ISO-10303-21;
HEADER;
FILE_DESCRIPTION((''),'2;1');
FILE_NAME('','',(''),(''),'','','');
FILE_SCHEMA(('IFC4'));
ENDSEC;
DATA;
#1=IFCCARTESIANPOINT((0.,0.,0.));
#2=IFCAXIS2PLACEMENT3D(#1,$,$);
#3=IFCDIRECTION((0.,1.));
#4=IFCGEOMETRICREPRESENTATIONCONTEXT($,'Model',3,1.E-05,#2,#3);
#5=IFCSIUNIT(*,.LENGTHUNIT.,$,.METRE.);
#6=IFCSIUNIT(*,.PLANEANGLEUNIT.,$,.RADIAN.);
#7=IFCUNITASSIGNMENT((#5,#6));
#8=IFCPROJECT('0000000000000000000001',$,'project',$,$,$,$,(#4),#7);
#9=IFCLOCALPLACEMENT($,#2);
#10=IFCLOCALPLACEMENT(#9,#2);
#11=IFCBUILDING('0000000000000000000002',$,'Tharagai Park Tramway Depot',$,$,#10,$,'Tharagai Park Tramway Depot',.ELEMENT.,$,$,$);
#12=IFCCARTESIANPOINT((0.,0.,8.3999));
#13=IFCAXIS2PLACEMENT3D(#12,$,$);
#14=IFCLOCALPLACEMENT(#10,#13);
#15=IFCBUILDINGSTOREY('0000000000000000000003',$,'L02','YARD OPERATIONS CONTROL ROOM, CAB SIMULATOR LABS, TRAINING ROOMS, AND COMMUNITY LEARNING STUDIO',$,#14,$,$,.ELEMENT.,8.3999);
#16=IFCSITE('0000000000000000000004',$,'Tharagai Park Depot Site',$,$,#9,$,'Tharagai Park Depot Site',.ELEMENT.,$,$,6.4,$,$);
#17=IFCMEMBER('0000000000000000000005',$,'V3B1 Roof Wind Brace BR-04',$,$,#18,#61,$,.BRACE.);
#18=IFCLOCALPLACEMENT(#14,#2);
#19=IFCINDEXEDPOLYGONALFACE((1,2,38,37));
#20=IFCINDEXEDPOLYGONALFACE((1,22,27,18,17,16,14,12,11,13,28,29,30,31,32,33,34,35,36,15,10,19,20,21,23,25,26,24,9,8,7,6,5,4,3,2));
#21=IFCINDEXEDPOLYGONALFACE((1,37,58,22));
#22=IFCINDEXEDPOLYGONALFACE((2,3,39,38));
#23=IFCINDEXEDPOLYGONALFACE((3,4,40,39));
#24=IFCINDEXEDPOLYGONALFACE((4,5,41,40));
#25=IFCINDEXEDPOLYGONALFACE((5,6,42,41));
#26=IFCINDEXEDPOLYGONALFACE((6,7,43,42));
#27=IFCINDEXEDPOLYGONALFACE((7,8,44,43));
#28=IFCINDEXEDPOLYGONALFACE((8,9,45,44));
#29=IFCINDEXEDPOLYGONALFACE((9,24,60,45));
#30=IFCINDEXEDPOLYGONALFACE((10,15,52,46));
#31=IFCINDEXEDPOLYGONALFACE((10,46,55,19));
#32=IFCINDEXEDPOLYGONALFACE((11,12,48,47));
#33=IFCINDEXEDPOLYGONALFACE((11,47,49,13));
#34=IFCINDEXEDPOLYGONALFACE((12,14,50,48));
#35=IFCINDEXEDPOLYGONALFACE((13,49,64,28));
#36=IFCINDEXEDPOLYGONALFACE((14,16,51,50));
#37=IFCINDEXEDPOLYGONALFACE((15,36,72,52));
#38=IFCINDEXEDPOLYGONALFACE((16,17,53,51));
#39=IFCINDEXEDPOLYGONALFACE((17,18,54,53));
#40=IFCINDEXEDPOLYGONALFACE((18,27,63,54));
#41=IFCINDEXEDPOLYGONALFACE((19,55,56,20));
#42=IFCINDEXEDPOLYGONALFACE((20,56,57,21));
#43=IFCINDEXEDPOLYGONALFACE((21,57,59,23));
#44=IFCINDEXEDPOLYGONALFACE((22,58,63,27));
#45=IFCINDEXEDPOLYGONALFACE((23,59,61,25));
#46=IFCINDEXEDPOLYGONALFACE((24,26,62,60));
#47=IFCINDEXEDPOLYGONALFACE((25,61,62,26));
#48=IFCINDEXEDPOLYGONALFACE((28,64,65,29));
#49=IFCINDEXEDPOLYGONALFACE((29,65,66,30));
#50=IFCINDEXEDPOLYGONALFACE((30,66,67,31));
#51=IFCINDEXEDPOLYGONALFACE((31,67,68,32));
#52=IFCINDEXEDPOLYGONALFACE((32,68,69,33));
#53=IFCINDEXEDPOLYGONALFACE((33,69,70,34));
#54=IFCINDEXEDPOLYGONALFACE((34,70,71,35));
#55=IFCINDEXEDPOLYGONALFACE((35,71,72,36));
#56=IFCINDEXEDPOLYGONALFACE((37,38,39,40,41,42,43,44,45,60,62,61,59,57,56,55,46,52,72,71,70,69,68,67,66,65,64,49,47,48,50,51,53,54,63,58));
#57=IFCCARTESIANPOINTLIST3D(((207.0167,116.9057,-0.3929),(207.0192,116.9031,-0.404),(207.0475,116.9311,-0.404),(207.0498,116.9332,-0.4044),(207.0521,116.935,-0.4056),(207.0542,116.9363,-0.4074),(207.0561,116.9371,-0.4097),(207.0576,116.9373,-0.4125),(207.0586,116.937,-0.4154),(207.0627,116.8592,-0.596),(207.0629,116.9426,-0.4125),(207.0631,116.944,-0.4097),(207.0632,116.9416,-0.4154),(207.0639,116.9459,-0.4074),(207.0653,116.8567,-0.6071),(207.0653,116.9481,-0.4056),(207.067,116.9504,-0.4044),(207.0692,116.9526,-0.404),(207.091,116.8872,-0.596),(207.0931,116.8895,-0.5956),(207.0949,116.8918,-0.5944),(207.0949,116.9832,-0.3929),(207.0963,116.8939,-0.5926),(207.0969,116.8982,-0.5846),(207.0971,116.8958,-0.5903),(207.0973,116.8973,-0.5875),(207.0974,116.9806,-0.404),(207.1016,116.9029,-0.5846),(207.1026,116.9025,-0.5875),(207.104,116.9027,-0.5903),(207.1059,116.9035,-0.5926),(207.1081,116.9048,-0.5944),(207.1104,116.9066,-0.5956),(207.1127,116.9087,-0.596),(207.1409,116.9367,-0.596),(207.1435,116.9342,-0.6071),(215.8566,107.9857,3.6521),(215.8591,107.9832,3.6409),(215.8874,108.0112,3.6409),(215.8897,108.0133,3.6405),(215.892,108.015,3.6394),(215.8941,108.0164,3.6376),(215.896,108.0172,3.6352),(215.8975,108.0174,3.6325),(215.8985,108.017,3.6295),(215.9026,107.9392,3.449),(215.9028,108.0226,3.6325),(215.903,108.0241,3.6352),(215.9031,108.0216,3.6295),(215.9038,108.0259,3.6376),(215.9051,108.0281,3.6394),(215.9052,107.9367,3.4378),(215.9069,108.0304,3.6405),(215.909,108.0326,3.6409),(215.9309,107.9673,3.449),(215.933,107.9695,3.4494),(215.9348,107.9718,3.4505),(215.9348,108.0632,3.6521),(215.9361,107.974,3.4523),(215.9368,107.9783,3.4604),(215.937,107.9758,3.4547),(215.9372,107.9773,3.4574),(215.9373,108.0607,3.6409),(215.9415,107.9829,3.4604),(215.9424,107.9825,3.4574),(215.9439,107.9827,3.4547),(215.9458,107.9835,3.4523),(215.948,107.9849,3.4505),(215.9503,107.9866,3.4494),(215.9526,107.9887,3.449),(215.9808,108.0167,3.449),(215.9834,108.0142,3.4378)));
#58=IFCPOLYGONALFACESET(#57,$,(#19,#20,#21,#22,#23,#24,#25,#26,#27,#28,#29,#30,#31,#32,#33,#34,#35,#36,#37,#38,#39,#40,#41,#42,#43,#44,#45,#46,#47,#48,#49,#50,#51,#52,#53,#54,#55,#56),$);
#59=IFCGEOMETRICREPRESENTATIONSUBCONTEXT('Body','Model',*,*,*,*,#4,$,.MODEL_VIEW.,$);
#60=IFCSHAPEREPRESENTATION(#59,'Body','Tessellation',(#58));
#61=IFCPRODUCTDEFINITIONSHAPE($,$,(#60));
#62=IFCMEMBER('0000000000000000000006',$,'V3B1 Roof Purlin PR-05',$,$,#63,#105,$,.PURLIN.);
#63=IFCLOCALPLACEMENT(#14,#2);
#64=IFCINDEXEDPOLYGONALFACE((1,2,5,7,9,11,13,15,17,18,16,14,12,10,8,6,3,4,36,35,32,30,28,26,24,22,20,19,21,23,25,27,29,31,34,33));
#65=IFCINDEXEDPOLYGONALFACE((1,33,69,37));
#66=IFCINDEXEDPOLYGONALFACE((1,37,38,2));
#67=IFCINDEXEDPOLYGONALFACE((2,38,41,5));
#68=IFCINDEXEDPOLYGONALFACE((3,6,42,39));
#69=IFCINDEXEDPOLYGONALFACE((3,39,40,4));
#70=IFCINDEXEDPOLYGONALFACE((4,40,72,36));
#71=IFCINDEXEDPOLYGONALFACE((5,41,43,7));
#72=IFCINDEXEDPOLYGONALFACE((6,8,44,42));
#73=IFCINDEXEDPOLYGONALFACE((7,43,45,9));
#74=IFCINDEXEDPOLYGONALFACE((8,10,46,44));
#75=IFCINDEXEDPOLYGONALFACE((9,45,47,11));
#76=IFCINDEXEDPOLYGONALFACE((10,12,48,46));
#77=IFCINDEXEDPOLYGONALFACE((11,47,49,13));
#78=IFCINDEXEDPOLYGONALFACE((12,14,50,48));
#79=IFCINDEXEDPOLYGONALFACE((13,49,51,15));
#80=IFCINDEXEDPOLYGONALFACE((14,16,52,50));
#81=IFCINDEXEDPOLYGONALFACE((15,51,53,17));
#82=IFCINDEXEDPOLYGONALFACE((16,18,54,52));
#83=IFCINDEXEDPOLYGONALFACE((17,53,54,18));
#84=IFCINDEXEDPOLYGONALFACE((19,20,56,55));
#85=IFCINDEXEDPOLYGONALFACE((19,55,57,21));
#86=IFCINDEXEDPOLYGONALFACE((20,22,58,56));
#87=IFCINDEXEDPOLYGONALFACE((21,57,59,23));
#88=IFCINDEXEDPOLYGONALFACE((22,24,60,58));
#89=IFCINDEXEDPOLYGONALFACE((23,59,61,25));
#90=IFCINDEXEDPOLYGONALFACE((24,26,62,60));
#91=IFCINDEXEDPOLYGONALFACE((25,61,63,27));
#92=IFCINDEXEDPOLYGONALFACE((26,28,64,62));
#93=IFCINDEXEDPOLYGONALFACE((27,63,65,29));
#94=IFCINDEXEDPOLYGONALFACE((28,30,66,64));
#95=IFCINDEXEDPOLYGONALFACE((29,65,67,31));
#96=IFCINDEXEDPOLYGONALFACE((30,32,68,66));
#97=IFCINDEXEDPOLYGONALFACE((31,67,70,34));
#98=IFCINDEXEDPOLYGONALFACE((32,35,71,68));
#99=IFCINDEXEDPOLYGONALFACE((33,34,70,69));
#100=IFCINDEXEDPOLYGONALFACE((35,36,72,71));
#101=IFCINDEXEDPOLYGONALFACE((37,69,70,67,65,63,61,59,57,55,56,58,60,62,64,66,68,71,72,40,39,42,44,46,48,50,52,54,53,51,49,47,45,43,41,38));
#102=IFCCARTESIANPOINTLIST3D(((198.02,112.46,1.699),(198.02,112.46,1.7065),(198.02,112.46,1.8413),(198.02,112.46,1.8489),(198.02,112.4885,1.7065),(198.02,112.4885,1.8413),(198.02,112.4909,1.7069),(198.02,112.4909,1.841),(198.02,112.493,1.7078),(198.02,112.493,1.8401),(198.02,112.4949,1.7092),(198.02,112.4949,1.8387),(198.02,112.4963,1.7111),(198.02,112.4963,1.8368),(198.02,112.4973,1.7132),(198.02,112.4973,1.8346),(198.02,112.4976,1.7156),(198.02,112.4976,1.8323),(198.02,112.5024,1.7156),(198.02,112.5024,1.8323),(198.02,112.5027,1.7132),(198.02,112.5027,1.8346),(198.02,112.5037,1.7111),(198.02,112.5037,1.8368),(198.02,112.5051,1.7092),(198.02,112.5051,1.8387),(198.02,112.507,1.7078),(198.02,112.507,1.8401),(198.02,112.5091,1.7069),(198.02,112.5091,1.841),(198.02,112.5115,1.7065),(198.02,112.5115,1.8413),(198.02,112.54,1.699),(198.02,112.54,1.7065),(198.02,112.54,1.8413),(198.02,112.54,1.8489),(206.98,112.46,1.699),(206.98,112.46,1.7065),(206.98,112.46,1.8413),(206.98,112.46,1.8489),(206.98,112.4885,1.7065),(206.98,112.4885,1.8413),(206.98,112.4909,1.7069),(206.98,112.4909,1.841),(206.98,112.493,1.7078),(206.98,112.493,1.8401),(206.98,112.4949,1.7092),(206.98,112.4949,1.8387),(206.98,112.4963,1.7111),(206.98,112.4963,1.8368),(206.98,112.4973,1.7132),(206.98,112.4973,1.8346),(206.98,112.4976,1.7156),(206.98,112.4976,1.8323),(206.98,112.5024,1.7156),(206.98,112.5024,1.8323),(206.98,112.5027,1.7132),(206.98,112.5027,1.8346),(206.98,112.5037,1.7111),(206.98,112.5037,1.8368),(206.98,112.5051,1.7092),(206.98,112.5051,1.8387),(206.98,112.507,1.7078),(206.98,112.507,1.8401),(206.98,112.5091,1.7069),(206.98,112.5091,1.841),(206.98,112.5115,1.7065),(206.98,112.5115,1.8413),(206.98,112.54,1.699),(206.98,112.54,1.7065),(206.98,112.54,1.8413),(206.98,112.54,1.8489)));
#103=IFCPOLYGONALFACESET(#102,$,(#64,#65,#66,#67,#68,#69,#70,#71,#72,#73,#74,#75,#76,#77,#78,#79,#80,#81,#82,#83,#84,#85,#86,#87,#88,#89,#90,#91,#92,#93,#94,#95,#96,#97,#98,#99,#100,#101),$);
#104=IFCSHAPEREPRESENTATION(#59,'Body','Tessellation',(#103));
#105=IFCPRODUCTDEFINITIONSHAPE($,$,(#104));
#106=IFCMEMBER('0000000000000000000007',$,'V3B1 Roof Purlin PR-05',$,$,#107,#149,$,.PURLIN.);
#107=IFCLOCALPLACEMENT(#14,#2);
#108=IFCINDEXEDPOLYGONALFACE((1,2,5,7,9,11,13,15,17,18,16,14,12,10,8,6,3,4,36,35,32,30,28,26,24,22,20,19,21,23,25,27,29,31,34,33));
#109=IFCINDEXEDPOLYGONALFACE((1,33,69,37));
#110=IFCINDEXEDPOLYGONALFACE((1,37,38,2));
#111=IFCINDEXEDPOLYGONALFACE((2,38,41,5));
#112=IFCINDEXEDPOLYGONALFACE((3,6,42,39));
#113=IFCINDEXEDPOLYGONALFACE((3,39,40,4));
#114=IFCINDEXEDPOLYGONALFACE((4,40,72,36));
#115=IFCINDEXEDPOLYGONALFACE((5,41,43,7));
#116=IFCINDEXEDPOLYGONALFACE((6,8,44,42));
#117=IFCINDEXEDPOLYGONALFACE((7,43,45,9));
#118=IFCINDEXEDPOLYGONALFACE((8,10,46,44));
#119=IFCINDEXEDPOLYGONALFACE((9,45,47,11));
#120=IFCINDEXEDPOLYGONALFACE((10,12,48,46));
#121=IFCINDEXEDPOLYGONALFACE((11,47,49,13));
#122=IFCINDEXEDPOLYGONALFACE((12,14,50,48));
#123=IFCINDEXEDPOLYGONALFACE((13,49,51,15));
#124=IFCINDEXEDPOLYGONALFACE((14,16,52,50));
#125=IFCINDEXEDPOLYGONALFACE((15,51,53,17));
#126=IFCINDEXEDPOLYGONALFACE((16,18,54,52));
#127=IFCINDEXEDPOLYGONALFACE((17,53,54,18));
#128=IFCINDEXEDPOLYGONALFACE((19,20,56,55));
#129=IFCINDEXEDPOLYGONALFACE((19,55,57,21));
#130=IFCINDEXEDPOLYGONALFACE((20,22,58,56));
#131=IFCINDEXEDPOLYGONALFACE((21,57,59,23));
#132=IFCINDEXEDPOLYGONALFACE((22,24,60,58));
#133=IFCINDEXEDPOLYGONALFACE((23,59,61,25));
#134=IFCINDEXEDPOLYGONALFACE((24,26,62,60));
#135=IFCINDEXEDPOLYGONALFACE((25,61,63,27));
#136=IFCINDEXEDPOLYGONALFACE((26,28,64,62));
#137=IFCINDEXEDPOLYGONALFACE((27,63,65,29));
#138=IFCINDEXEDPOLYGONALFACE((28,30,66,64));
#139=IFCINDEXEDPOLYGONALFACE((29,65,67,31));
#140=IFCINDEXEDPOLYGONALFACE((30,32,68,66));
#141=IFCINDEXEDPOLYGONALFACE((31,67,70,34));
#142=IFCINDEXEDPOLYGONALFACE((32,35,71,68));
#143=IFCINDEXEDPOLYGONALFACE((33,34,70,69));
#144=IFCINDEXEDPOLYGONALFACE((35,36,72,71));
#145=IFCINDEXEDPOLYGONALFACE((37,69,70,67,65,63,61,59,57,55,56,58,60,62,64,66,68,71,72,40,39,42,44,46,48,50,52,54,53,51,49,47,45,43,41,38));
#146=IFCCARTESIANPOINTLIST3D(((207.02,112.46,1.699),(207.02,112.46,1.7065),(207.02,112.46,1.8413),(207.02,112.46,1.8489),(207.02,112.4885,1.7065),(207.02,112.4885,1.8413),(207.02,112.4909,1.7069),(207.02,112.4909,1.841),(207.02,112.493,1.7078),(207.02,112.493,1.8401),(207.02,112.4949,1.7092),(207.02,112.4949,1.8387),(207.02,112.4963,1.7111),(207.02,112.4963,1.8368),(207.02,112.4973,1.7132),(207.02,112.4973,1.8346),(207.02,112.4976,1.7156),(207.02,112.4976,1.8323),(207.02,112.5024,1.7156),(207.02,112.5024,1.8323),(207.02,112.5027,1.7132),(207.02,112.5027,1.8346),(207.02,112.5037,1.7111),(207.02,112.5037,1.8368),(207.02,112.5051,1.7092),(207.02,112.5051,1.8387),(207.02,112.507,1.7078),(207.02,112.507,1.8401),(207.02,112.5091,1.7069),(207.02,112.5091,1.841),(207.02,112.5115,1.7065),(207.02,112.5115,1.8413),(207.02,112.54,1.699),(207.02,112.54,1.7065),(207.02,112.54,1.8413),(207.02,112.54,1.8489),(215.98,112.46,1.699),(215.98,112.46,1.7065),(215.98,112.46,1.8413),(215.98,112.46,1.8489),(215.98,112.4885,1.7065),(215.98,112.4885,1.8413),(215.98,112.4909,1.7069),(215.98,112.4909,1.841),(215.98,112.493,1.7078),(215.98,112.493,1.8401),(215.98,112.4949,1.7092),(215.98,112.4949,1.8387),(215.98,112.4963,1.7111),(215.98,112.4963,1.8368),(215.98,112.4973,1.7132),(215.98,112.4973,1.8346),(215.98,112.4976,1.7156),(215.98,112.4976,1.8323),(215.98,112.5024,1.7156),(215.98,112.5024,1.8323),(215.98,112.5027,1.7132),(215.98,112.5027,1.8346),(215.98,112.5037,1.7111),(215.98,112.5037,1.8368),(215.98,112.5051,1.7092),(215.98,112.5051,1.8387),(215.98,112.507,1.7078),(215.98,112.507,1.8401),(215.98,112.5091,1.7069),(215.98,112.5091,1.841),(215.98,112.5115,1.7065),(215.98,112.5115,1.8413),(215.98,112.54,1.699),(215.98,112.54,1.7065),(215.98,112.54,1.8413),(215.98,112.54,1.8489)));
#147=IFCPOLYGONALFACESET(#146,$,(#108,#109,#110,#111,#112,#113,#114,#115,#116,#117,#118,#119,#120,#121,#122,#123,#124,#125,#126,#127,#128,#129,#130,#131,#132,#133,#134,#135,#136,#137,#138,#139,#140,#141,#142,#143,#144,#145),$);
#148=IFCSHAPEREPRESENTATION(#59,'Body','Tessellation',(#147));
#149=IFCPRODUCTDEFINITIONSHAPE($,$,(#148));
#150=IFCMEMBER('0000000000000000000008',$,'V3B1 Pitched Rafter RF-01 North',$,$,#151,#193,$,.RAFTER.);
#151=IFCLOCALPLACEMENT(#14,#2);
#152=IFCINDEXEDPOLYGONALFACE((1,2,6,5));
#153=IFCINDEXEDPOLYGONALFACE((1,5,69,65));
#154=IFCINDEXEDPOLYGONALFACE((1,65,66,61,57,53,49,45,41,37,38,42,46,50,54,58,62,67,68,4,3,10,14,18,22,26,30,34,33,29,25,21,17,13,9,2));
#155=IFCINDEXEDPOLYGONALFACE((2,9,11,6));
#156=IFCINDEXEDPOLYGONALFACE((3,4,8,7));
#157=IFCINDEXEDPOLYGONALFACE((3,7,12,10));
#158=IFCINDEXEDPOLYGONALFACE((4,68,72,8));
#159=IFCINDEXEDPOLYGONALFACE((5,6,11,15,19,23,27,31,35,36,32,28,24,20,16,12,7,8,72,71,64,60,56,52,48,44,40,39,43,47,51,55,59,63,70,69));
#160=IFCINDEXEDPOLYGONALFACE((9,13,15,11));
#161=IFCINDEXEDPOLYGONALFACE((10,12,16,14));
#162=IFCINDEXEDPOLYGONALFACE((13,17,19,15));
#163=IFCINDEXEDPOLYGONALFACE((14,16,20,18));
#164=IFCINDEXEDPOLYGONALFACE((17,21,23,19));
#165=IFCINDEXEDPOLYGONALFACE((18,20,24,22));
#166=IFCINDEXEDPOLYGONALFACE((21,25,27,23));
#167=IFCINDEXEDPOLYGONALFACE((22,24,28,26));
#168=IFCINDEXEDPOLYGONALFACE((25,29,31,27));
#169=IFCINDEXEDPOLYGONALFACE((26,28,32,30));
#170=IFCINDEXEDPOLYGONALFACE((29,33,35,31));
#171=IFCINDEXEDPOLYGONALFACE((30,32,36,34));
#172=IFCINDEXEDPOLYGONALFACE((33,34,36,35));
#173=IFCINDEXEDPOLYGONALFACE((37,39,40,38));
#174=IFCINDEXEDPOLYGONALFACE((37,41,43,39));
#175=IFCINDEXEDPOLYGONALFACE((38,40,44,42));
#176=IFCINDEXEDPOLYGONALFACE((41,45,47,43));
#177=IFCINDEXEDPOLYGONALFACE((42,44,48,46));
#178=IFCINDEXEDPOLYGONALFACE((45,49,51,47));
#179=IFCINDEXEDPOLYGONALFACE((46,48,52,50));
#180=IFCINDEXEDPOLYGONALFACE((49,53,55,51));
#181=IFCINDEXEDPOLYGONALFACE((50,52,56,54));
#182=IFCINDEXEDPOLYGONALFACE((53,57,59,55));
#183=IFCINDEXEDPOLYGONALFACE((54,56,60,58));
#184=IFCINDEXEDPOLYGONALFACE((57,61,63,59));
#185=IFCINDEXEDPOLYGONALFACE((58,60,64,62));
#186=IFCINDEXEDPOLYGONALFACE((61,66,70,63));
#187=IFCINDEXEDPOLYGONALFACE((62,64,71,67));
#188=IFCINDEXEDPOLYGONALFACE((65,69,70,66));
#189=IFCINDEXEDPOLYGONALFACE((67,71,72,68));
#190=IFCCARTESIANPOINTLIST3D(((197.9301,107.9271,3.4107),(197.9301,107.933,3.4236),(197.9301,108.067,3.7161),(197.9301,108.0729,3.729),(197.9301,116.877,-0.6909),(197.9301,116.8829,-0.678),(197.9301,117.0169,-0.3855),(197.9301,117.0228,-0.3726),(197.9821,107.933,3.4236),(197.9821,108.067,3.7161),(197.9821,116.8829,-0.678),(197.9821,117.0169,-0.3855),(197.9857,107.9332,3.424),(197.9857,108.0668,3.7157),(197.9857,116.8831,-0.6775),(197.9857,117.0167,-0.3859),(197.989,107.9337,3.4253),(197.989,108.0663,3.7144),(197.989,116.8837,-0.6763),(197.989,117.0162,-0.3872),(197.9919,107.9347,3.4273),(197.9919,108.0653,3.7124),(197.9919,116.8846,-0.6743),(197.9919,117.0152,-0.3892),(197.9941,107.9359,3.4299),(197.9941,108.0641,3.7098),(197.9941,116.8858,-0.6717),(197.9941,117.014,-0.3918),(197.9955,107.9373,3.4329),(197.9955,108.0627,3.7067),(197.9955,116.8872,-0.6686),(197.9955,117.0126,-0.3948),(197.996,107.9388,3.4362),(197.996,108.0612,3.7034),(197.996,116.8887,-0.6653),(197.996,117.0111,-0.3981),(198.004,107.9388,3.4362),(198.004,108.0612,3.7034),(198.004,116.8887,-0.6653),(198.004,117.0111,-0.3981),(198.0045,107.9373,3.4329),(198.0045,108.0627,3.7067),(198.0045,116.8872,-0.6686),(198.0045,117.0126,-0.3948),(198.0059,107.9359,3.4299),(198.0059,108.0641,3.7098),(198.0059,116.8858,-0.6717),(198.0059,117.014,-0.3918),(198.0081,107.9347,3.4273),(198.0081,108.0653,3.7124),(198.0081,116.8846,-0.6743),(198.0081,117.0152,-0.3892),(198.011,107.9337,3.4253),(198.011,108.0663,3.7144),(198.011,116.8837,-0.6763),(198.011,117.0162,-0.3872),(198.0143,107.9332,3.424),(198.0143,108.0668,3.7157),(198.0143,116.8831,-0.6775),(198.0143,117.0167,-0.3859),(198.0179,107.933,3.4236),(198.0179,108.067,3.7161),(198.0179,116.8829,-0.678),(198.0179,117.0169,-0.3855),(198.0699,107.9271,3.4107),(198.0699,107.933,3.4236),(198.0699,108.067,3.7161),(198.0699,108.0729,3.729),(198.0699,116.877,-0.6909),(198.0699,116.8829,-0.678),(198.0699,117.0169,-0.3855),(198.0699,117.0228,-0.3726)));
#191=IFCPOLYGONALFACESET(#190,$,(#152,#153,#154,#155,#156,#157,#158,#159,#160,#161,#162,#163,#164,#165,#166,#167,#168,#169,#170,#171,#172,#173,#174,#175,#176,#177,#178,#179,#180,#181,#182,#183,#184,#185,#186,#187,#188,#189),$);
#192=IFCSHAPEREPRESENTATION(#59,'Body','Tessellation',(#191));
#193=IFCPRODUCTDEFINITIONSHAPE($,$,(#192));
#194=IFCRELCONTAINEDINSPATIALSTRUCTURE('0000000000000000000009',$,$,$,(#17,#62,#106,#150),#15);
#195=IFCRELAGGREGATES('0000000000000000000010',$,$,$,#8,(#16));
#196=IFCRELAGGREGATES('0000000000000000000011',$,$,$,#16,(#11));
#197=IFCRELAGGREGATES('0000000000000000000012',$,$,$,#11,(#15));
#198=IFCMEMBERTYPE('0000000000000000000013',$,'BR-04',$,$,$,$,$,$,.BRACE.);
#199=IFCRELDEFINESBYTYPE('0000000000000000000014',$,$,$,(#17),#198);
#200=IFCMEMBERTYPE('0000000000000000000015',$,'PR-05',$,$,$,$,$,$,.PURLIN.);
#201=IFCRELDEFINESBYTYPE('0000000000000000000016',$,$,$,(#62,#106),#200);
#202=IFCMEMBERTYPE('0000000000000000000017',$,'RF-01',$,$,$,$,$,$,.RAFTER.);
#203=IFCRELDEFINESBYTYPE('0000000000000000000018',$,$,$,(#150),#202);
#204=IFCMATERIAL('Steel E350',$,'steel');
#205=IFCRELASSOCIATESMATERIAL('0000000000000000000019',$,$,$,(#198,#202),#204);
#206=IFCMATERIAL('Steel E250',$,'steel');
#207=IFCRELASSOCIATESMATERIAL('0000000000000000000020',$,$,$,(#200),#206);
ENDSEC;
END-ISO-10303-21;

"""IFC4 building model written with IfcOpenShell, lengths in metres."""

from ifc_helpers import new_model, si_unit, direction, frame, origin, origin_2d, place, context, subcontext, project, spatial, i_section, extrude, material, material_profile, profile_set, type_object, element, save


model = new_model("IFC4")

# Units and contexts
model_context = context("Model", 3, precision=1e-05, world=origin(), true_north=direction((0.0, 1.0)))
body_context = subcontext(model_context, "Body", "Model", "MODEL_VIEW")
ifc_project = project(units=[si_unit("LENGTHUNIT", "METRE"), si_unit("PLANEANGLEUNIT", "RADIAN")], contexts=[model_context])

# Site, building, storey
site_placement = place(None, origin())
site = spatial("IfcSite", under=ifc_project, at=site_placement, Name="Tharagai Park Depot Site", LongName="Tharagai Park Depot Site", CompositionType="ELEMENT", RefElevation=6.4)
building_placement = place(site_placement, origin())
building = spatial("IfcBuilding", under=site, at=building_placement, Name="Tharagai Park Tramway Depot", LongName="Tharagai Park Tramway Depot", CompositionType="ELEMENT")
storey_placement = place(building_placement, frame((0.0, 0.0, 8.3999)))
storey = spatial("IfcBuildingStorey", under=building, at=storey_placement, Name="L02", Description="YARD OPERATIONS CONTROL ROOM, CAB SIMULATOR LABS, TRAINING ROOMS, AND COMMUNITY LEARNING STUDIO", CompositionType="ELEMENT", Elevation=8.3999)

# Shared definitions
ifc_material_1 = material(Name="Steel E350", Category="steel")

# Members
ifc_material_profile_1 = material_profile(ifc_material_1, i_section(OverallWidth=0.1101, OverallDepth=0.2251, WebThickness=0.0066, FlangeThickness=0.0117, FilletRadius=0.012, at=origin_2d()), Name="ISMB 225")
ifc_profile_set_1 = profile_set([ifc_material_profile_1], Name="Steel E350")
member_type_1 = type_object("IfcMemberType", Name="BR-04", PredefinedType="BRACE", material=ifc_profile_set_1)
member_placement = place(storey_placement, frame((207.0801, 116.9199, -0.5), z_axis=(0.670014, -0.676083, 0.306584), x_axis=(0.710288, 0.703911, 0.0)))
element("IfcMember", 1, at=member_placement, inside=storey, type_object=member_type_1, Name="V3B1 Roof Wind Brace BR-04", PredefinedType="BRACE", context=body_context, shape_type="SweptSolid", body=[
    extrude(i_section(OverallWidth=0.1101, OverallDepth=0.2251, WebThickness=0.0066, FlangeThickness=0.0117, FilletRadius=0.012, at=origin_2d()), origin(), (0.0, 0.0, 1.0), 13.1936),
])
ifc_material_2 = material(Name="Steel E250", Category="steel")
ifc_material_profile_2 = material_profile(ifc_material_2, i_section(OverallWidth=0.0801, OverallDepth=0.1499, WebThickness=0.0049, FlangeThickness=0.0076, FilletRadius=0.009, at=origin_2d()), Name="ISMB 150")
ifc_profile_set_2 = profile_set([ifc_material_profile_2], Name="Steel E250")
member_type_2 = type_object("IfcMemberType", Name="PR-05", PredefinedType="PURLIN", material=ifc_profile_set_2)
for number, where, z_axis, x_axis, name in (
    (2, (198.02, 112.5, 1.7739), (1.0, 0.0, 0.0), (0.0, 1.0, 0.0), "V3B1 Roof Purlin PR-05"),
    (3, (207.02, 112.5, 1.7739), (1.0, 0.0, 0.0), (0.0, 1.0, 0.0), "V3B1 Roof Purlin PR-05"),
):
    element("IfcMember", number, at=place(storey_placement, frame(where, z_axis=z_axis, x_axis=x_axis)), inside=storey, type_object=member_type_2, Name=name, PredefinedType="PURLIN", context=body_context, shape_type="SweptSolid", body=[
        extrude(i_section(OverallWidth=0.0801, OverallDepth=0.1499, WebThickness=0.0049, FlangeThickness=0.0076, FilletRadius=0.009, at=origin_2d()), origin(), (0.0, 0.0, 1.0), 8.96),
    ])
ifc_material_profile_3 = material_profile(ifc_material_1, i_section(OverallWidth=0.1399, OverallDepth=0.3501, WebThickness=0.0081, FlangeThickness=0.0142, FilletRadius=0.0139, at=origin_2d()), Name="ISMB 350")
ifc_profile_set_3 = profile_set([ifc_material_profile_3], Name="Steel E350")
member_type_3 = type_object("IfcMemberType", Name="RF-01", PredefinedType="RAFTER", material=ifc_profile_set_3)
for number, where, z_axis, x_axis, name in (
    (4, (198.0, 108.0, 3.5698), (0.0, 0.909084, -0.416613), (-1.0, 0.0, 0.0), "V3B1 Pitched Rafter RF-01 North"),
):
    element("IfcMember", number, at=place(storey_placement, frame(where, z_axis=z_axis, x_axis=x_axis)), inside=storey, type_object=member_type_3, Name=name, PredefinedType="RAFTER", context=body_context, shape_type="SweptSolid", body=[
        extrude(i_section(OverallWidth=0.1399, OverallDepth=0.3501, WebThickness=0.0081, FlangeThickness=0.0142, FilletRadius=0.0139, at=origin_2d()), origin(), (0.0, 0.0, 1.0), 9.845),
    ])

save(model, "model.ifc")
